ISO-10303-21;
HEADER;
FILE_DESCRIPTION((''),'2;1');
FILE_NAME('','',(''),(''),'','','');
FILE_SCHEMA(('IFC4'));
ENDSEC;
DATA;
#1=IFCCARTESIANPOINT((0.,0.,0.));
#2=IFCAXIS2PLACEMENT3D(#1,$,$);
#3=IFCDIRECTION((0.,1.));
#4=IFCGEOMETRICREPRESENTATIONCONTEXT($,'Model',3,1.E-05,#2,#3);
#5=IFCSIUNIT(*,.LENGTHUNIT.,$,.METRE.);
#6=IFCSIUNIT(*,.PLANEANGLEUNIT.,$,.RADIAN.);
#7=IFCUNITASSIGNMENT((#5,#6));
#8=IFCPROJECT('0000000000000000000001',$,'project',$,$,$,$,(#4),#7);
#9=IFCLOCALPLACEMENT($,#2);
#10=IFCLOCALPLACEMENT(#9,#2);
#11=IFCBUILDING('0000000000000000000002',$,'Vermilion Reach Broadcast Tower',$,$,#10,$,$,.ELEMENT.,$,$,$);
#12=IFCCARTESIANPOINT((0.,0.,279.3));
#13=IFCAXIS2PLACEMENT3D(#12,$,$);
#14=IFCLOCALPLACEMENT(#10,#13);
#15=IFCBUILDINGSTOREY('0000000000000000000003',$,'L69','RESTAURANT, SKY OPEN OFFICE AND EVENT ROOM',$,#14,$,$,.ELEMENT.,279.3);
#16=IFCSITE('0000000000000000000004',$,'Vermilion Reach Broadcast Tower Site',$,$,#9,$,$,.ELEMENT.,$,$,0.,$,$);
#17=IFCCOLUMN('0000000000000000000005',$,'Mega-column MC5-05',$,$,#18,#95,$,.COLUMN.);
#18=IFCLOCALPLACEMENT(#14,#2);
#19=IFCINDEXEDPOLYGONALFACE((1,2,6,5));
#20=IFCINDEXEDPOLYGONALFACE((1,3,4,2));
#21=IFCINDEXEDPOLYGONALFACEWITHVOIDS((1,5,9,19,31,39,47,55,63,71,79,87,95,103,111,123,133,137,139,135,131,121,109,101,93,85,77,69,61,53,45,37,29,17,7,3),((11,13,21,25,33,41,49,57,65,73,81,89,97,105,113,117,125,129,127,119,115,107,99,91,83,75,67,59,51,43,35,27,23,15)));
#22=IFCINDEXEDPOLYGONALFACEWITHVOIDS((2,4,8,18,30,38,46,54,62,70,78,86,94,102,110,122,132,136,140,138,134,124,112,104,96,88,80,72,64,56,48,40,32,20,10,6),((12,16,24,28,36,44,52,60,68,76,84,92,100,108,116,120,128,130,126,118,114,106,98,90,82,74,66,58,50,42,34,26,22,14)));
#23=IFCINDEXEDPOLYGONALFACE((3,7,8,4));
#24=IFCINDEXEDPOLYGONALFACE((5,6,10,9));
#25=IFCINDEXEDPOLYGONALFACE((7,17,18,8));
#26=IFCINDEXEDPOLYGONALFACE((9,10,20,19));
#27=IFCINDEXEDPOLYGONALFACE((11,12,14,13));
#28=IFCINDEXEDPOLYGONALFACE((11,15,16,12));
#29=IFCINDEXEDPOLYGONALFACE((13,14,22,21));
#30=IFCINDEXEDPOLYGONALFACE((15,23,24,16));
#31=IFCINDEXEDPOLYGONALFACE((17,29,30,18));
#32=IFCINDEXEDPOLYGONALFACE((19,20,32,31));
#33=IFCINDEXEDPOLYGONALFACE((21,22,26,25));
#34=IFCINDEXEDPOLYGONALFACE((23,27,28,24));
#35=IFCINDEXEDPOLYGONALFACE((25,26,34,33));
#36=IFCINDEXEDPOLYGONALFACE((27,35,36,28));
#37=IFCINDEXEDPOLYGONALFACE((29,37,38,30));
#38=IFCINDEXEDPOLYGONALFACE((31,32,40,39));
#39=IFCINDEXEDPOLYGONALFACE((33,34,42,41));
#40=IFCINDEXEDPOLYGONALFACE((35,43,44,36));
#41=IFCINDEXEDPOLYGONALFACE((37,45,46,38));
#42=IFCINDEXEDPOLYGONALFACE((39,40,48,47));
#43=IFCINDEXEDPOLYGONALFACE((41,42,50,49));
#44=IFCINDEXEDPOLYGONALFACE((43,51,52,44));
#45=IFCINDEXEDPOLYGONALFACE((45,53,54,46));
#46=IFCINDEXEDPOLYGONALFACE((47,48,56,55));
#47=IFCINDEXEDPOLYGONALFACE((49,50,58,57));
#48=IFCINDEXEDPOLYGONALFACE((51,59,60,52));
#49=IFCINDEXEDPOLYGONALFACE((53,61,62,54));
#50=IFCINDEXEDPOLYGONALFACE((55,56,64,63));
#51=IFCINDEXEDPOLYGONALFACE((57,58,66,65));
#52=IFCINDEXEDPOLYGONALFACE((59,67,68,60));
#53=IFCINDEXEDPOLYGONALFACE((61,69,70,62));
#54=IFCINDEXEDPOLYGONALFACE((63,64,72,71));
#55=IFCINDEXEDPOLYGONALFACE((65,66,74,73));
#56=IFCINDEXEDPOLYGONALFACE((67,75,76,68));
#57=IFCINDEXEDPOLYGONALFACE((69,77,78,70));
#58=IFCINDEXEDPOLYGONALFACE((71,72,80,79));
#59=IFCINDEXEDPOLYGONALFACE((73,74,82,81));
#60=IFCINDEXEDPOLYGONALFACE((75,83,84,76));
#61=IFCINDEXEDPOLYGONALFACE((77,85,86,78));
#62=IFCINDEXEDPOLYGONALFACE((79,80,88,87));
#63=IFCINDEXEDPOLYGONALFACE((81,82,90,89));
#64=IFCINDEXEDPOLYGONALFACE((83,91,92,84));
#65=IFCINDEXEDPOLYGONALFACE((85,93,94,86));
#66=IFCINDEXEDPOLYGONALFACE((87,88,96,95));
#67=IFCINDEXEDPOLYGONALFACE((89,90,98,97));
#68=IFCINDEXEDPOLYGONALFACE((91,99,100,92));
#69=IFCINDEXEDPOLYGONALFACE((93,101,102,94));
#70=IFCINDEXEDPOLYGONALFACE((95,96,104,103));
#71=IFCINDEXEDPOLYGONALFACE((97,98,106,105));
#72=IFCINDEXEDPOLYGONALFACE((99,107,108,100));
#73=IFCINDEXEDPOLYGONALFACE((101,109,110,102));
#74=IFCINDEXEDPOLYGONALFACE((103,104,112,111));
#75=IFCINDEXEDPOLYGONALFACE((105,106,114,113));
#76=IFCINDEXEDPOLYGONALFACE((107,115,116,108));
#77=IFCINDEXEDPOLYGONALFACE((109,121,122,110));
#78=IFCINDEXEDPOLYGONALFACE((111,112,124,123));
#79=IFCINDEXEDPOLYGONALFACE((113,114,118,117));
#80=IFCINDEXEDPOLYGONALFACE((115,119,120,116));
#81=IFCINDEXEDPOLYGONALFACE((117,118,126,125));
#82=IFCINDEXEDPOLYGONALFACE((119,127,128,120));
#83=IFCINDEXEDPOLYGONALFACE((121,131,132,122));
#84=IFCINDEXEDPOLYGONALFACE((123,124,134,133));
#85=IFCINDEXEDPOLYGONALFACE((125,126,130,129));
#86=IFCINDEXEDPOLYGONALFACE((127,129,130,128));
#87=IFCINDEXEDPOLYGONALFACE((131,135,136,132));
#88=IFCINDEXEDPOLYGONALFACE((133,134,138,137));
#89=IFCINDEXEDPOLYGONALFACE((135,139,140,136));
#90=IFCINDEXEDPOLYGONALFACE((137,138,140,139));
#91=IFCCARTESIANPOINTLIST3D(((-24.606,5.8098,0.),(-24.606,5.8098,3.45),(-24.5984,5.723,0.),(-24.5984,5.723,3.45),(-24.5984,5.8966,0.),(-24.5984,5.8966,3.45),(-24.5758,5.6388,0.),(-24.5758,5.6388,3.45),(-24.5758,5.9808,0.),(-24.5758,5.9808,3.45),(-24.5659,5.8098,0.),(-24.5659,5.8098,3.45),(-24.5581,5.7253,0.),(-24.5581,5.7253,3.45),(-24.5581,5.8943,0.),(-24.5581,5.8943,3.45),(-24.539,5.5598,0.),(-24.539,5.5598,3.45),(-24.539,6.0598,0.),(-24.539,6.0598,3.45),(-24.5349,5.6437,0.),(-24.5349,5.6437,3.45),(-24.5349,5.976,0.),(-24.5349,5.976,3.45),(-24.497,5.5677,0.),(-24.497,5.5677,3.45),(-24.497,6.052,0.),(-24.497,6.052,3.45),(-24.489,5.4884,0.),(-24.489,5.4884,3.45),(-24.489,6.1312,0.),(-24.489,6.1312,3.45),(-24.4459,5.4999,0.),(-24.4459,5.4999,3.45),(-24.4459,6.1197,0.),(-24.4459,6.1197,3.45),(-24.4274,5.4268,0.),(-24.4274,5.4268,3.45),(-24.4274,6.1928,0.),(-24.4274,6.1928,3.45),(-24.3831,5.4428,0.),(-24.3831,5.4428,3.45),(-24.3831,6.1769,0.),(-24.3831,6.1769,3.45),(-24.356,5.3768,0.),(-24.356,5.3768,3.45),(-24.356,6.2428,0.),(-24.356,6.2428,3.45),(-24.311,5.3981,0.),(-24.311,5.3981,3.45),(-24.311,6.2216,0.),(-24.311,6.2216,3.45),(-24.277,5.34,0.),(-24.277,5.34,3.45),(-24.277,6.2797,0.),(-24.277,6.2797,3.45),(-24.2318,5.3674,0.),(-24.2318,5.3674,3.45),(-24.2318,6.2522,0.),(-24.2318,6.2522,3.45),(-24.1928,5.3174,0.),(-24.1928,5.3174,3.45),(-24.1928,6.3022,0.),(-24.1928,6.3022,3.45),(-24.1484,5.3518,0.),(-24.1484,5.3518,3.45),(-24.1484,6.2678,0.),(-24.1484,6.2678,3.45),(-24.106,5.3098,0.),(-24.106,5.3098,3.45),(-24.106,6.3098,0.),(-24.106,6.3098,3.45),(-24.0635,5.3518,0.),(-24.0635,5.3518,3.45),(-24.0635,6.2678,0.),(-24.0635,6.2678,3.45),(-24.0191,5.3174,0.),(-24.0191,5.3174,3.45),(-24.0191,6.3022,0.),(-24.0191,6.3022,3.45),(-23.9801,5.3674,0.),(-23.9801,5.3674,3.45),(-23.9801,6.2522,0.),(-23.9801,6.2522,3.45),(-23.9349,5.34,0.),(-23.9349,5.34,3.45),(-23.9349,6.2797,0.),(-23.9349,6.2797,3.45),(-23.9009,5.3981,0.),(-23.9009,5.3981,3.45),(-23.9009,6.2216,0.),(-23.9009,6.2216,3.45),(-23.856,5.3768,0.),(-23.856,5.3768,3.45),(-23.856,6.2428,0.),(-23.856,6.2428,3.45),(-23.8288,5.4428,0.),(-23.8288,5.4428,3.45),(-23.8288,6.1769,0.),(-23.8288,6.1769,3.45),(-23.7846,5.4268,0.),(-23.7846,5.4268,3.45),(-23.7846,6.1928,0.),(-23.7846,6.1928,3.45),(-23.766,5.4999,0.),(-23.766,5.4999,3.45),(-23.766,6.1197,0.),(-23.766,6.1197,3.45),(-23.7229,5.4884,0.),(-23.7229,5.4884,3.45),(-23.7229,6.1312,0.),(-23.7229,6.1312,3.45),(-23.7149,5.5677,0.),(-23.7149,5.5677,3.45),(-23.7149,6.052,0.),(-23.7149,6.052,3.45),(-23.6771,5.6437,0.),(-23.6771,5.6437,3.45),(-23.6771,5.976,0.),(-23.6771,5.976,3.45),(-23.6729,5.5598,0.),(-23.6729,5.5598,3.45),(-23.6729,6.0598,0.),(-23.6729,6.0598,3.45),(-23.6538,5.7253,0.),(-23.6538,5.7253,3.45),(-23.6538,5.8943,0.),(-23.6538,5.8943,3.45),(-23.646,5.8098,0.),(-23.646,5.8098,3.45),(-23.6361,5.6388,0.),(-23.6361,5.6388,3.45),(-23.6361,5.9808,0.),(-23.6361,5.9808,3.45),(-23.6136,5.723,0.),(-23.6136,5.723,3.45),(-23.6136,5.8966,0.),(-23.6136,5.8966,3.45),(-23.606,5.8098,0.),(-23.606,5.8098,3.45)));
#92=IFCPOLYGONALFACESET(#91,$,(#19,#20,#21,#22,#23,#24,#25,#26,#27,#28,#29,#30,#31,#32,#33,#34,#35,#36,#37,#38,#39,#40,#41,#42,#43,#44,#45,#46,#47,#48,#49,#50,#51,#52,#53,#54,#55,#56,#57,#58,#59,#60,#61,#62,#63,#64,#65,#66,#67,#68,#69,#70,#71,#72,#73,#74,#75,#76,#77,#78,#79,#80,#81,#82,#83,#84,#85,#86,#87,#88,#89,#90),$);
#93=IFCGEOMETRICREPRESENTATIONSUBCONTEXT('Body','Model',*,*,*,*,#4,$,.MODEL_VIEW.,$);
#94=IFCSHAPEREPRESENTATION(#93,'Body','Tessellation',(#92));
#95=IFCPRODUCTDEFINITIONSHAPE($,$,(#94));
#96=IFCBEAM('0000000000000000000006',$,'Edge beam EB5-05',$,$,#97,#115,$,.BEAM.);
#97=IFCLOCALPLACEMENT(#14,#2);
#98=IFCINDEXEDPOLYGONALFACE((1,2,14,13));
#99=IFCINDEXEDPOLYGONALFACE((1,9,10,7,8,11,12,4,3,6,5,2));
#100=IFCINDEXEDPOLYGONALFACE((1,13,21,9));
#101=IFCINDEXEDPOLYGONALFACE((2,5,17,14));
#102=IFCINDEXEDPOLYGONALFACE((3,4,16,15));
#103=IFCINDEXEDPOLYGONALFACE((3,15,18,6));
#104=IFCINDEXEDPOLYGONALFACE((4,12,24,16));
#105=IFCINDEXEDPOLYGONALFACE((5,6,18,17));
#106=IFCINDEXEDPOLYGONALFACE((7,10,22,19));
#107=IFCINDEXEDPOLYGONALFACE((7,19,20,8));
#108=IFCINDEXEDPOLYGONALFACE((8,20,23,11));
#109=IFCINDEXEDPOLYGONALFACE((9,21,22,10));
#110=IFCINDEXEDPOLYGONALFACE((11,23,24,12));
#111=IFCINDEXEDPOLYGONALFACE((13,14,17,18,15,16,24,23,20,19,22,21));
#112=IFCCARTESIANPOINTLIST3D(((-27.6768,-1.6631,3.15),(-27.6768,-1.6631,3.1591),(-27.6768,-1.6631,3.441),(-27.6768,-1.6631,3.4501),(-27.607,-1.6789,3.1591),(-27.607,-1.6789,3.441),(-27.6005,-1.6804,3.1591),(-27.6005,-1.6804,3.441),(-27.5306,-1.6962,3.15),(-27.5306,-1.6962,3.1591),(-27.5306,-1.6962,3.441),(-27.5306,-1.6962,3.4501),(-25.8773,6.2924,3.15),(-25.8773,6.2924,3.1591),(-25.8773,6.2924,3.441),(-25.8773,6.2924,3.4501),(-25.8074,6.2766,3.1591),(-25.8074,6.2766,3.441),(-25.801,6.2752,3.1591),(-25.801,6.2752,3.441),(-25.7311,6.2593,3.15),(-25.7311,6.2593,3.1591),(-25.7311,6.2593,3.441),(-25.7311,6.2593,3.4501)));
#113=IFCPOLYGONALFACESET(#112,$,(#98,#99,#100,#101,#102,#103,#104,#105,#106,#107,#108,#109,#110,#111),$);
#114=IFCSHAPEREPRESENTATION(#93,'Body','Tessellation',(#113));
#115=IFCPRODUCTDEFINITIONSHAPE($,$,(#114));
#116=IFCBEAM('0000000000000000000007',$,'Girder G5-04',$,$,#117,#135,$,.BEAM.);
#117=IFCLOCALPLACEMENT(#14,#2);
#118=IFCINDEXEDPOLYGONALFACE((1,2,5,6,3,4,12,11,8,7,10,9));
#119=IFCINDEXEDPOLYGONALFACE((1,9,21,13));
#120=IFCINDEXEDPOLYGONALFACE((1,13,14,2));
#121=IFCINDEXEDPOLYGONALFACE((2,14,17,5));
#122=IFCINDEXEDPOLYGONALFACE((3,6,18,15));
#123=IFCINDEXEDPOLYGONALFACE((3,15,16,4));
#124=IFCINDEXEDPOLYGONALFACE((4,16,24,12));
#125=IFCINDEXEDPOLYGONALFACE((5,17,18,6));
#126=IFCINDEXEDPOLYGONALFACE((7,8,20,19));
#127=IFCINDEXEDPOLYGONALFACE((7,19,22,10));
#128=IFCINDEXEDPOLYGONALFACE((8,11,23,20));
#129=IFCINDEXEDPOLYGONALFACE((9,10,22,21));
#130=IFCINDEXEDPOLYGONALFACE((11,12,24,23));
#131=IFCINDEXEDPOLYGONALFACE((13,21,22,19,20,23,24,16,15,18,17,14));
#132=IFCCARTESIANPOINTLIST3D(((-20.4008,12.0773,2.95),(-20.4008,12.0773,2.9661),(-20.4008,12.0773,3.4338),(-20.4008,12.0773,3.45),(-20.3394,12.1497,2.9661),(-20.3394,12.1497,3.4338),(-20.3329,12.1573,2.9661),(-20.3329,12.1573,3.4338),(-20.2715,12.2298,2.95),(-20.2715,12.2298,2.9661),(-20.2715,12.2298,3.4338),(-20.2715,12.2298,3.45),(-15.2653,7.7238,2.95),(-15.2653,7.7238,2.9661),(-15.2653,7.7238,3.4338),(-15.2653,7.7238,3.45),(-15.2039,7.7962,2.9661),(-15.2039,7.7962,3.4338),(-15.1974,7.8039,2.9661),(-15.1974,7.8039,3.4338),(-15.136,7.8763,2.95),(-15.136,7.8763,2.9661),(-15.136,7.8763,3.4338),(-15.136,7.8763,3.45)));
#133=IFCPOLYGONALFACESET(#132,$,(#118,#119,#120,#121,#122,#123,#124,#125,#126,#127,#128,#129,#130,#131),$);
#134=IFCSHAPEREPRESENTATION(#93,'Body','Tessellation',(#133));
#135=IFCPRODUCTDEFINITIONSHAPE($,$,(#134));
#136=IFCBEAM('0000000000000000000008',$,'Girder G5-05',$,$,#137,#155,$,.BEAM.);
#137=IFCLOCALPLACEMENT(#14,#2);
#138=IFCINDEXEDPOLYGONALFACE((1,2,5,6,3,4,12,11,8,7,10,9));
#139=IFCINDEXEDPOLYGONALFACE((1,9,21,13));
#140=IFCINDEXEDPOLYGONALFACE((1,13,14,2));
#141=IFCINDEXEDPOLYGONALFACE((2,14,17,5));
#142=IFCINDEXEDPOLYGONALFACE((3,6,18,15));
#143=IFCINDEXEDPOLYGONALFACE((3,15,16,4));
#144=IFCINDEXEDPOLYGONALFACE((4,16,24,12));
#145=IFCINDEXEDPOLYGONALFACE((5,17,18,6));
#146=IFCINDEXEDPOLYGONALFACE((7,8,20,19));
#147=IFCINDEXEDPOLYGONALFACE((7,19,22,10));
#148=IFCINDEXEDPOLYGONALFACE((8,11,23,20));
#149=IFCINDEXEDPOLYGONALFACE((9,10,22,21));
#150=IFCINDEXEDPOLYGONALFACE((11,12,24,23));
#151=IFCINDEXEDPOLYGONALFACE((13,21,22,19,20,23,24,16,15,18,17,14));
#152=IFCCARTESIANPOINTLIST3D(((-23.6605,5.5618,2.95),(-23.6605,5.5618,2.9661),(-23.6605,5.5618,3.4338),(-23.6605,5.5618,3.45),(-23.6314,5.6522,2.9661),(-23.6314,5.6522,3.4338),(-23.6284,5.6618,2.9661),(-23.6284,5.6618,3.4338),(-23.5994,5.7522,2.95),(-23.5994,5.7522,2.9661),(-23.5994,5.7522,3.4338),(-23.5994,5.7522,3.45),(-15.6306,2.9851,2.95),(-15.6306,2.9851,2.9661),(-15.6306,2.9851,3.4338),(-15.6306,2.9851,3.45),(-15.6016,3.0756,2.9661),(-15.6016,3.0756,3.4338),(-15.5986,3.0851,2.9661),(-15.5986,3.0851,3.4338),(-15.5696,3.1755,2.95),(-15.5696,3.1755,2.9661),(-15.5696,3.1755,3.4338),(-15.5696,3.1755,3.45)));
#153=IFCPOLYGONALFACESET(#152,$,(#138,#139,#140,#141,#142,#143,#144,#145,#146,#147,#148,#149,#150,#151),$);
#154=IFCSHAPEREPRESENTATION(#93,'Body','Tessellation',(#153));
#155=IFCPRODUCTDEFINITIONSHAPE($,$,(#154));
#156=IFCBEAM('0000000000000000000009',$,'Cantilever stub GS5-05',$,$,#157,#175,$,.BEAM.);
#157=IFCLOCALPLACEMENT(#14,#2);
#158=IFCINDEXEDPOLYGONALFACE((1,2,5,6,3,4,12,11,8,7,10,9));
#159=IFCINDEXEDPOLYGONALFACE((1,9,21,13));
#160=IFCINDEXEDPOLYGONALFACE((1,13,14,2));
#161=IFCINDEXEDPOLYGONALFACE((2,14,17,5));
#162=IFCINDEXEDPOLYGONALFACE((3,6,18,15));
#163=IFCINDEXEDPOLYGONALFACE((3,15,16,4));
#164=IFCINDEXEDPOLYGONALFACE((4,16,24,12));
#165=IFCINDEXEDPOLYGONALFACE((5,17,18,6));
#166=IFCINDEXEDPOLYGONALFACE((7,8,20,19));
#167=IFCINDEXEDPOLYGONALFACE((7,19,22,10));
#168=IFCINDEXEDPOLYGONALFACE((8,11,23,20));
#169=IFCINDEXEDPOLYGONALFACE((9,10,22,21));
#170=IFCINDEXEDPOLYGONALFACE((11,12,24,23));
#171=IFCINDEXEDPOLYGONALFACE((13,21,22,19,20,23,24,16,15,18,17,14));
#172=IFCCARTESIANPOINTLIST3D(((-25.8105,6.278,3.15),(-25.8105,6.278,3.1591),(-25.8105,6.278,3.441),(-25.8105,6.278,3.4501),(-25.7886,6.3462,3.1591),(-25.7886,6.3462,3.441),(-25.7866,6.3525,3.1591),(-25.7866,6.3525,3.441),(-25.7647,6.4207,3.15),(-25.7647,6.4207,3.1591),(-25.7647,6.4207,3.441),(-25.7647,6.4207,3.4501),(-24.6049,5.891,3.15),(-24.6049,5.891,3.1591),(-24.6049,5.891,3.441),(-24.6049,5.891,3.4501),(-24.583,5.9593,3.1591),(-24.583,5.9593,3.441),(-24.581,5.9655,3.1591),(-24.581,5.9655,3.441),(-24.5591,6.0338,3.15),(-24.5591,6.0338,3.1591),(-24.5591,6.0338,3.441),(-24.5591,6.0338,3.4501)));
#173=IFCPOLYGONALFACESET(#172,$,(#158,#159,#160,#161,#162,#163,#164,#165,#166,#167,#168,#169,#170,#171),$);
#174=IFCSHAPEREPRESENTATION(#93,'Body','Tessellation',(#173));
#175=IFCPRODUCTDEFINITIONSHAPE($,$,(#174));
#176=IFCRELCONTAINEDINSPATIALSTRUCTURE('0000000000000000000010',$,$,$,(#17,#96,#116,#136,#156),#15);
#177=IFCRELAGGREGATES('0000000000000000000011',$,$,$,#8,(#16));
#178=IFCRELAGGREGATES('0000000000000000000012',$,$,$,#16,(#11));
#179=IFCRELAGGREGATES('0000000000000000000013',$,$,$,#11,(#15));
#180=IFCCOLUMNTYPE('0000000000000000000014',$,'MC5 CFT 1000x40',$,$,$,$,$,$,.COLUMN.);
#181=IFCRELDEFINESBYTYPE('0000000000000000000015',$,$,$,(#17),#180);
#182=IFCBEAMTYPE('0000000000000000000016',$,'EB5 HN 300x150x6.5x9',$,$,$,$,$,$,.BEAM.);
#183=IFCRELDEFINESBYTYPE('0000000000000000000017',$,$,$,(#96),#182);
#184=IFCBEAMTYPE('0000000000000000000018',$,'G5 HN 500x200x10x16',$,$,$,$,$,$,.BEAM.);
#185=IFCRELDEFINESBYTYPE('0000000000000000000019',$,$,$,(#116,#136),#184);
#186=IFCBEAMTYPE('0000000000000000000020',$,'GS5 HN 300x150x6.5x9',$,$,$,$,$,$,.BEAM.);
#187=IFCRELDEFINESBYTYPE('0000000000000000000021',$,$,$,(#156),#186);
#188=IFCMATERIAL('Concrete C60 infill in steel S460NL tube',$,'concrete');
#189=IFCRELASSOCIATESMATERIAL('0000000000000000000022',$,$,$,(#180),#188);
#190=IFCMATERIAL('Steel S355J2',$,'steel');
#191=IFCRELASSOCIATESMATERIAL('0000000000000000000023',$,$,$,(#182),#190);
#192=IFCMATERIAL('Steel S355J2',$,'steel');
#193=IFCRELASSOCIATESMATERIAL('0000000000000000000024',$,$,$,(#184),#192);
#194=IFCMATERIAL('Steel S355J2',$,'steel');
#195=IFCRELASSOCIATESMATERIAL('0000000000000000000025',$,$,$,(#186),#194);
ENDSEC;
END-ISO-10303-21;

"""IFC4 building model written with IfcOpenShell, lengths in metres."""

from ifc_helpers import new_model, si_unit, direction, frame, origin, origin_2d, place, context, subcontext, project, spatial, hollow_circle, i_section, extrude, material, material_profile, profile_set, type_object, element, save


model = new_model("IFC4")

# Units and contexts
model_context = context("Model", 3, precision=1e-05, world=origin(), true_north=direction((0.0, 1.0)))
body_context = subcontext(model_context, "Body", "Model", "MODEL_VIEW")
ifc_project = project(units=[si_unit("LENGTHUNIT", "METRE"), si_unit("PLANEANGLEUNIT", "RADIAN")], contexts=[model_context])

# Site, building, storey
site_placement = place(None, origin())
site = spatial("IfcSite", under=ifc_project, at=site_placement, Name="Vermilion Reach Broadcast Tower Site", CompositionType="ELEMENT", RefElevation=0.0)
building_placement = place(site_placement, origin())
building = spatial("IfcBuilding", under=site, at=building_placement, Name="Vermilion Reach Broadcast Tower", CompositionType="ELEMENT")
storey_placement = place(building_placement, frame((0.0, 0.0, 279.3)))
storey = spatial("IfcBuildingStorey", under=building, at=storey_placement, Name="L69", Description="RESTAURANT, SKY OPEN OFFICE AND EVENT ROOM", CompositionType="ELEMENT", Elevation=279.3)

# Column
ifc_material_1 = material(Name="Concrete C60 infill in steel S460NL tube", Category="concrete")
ifc_material_profile_1 = material_profile(ifc_material_1, hollow_circle(Radius=0.5, WallThickness=0.04, at=origin_2d()), Name="Concrete C60 infill in steel S460NL tube CFT 1000x40")
ifc_profile_set_1 = profile_set([ifc_material_profile_1], Name="Concrete C60 infill in steel S460NL tube")
column_type = type_object("IfcColumnType", Name="MC5 CFT 1000x40", PredefinedType="COLUMN", material=ifc_profile_set_1)
column_placement = place(storey_placement, frame((-24.106, 5.8098, 0.0), z_axis=(0.0, 0.0, 1.0), x_axis=(1.0, 0.0, 0.0)))
element("IfcColumn", 1, at=column_placement, inside=storey, type_object=column_type, Name="Mega-column MC5-05", PredefinedType="COLUMN", context=body_context, shape_type="SweptSolid", body=[
    extrude(hollow_circle(Radius=0.5, WallThickness=0.04, at=origin_2d()), origin(), (0.0, 0.0, 1.0), 3.45),
])

# Beams
ifc_material_2 = material(Name="Steel S355J2", Category="steel")
ifc_material_profile_2 = material_profile(ifc_material_2, i_section(OverallWidth=0.1499, OverallDepth=0.3, WebThickness=0.0066, FlangeThickness=0.009, at=origin_2d()), Name="S355J2 HN 300x150x6.5x9")
ifc_profile_set_2 = profile_set([ifc_material_profile_2], Name="Steel S355J2")
beam_type_1 = type_object("IfcBeamType", Name="EB5 HN 300x150x6.5x9", PredefinedType="BEAM", material=ifc_profile_set_2)
beam_1_placement = place(storey_placement, frame((-25.8042, 6.2759, 3.3), z_axis=(-0.220627, -0.975358, 0.0), x_axis=(0.975358, -0.220627, 0.0)))
element("IfcBeam", 2, at=beam_1_placement, inside=storey, type_object=beam_type_1, Name="Edge beam EB5-05", PredefinedType="BEAM", context=body_context, shape_type="SweptSolid", body=[
    extrude(i_section(OverallWidth=0.1499, OverallDepth=0.3, WebThickness=0.0066, FlangeThickness=0.009, at=origin_2d()), origin(), (0.0, 0.0, 1.0), 8.1565),
])
ifc_material_3 = material(Name="Steel S355J2", Category="steel")
ifc_material_profile_3 = material_profile(ifc_material_3, i_section(OverallWidth=0.2, OverallDepth=0.5, WebThickness=0.01, FlangeThickness=0.0161, at=origin_2d()), Name="S355J2 HN 500x200x10x16")
ifc_profile_set_3 = profile_set([ifc_material_profile_3], Name="Steel S355J2")
beam_type_2 = type_object("IfcBeamType", Name="G5 HN 500x200x10x16", PredefinedType="BEAM", material=ifc_profile_set_3)
beam_2_placement = place(storey_placement, frame((-15.2007, 7.8, 3.2), z_axis=(-0.762793, 0.646643, 0.0), x_axis=(-0.646643, -0.762793, 0.0)))
element("IfcBeam", 3, at=beam_2_placement, inside=storey, type_object=beam_type_2, Name="Girder G5-04", PredefinedType="BEAM", context=body_context, shape_type="SweptSolid", body=[
    extrude(i_section(OverallWidth=0.2, OverallDepth=0.5, WebThickness=0.01, FlangeThickness=0.0161, at=origin_2d()), origin(), (0.0, 0.0, 1.0), 6.7324),
])
beam_3_placement = place(storey_placement, frame((-15.6001, 3.0803, 3.2), z_axis=(-0.952178, 0.305542, 0.0), x_axis=(-0.305542, -0.952178, 0.0)))
element("IfcBeam", 4, at=beam_3_placement, inside=storey, type_object=beam_type_2, Name="Girder G5-05", PredefinedType="BEAM", context=body_context, shape_type="SweptSolid", body=[
    extrude(i_section(OverallWidth=0.2, OverallDepth=0.5, WebThickness=0.01, FlangeThickness=0.0161, at=origin_2d()), origin(), (0.0, 0.0, 1.0), 8.4331),
])
ifc_material_4 = material(Name="Steel S355J2", Category="steel")
ifc_material_profile_4 = material_profile(ifc_material_4, i_section(OverallWidth=0.1499, OverallDepth=0.3, WebThickness=0.0066, FlangeThickness=0.009, at=origin_2d()), Name="S355J2 HN 300x150x6.5x9")
ifc_profile_set_4 = profile_set([ifc_material_profile_4], Name="Steel S355J2")
beam_type_3 = type_object("IfcBeamType", Name="GS5 HN 300x150x6.5x9", PredefinedType="BEAM", material=ifc_profile_set_4)
beam_4_placement = place(storey_placement, frame((-24.582, 5.9624, 3.3), z_axis=(-0.952153, 0.305622, 0.0), x_axis=(-0.305622, -0.952153, 0.0)))
element("IfcBeam", 5, at=beam_4_placement, inside=storey, type_object=beam_type_3, Name="Cantilever stub GS5-05", PredefinedType="BEAM", context=body_context, shape_type="SweptSolid", body=[
    extrude(i_section(OverallWidth=0.1499, OverallDepth=0.3, WebThickness=0.0066, FlangeThickness=0.009, at=origin_2d()), origin(), (0.0, 0.0, 1.0), 1.2661),
])

save(model, "model.ifc")
